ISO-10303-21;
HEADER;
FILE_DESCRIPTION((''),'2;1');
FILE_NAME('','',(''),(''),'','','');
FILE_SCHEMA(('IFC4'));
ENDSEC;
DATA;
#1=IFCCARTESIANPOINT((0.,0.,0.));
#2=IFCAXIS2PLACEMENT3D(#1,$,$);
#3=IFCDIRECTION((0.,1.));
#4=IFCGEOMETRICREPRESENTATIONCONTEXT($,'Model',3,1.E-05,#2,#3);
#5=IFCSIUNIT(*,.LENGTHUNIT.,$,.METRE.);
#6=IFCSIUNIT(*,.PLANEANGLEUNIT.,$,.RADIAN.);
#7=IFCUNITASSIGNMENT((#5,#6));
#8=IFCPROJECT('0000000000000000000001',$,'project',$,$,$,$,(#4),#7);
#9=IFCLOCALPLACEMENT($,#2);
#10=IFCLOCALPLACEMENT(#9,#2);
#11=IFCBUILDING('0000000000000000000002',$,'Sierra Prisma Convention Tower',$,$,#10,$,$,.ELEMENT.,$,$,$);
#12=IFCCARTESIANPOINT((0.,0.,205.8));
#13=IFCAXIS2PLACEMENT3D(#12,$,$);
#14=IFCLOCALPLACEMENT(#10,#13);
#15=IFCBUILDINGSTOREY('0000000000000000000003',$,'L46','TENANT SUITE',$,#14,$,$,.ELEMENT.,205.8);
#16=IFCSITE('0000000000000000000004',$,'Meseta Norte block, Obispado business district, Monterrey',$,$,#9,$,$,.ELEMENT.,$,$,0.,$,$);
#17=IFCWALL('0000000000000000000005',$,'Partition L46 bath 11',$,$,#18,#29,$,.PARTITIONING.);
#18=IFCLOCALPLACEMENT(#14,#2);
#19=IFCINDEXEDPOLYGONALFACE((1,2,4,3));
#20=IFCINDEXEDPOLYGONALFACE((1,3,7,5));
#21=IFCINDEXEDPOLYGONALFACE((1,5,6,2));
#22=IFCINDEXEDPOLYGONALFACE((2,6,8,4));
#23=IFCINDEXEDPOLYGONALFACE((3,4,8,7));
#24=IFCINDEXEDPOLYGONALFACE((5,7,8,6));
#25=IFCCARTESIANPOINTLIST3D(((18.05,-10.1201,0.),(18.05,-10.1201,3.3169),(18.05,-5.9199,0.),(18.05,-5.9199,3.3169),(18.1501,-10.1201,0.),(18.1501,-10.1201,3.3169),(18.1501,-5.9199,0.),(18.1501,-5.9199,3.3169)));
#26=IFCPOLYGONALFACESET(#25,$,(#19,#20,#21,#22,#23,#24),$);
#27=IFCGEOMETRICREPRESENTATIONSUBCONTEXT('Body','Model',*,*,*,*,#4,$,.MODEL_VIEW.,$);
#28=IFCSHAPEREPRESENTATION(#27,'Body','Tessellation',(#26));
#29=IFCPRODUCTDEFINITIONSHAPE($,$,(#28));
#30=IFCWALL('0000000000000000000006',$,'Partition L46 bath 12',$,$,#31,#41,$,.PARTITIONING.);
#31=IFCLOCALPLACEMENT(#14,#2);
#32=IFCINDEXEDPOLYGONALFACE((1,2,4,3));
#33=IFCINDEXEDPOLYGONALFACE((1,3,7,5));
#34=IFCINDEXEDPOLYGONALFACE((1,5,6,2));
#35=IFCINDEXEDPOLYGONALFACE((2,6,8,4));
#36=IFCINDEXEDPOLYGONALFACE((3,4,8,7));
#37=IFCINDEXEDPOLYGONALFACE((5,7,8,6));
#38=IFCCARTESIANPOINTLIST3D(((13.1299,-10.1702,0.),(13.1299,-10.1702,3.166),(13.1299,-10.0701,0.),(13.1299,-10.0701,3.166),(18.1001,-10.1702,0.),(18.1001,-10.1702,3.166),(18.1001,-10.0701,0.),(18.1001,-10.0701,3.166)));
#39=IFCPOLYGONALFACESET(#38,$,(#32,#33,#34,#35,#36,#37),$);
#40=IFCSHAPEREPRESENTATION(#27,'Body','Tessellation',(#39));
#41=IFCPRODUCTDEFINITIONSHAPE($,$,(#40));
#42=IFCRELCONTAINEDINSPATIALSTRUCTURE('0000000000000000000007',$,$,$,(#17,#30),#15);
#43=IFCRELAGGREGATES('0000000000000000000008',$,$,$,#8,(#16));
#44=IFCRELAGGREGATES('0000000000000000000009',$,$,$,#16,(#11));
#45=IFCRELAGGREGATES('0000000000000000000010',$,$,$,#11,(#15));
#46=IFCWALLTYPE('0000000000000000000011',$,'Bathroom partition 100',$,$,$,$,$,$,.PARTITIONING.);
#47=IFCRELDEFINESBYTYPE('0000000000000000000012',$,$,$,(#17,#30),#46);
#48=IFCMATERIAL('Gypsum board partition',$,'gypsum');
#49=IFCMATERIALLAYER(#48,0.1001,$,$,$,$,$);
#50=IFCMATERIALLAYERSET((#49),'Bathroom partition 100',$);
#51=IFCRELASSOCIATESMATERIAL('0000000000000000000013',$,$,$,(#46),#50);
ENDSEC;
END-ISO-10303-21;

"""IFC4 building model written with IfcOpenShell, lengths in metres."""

from ifc_helpers import new_model, si_unit, direction, frame, frame_2d, origin, place, context, subcontext, project, spatial, rectangle, extrude, material, layer, layer_set, type_object, element, save


model = new_model("IFC4")

# Units and contexts
model_context = context("Model", 3, precision=1e-05, world=origin(), true_north=direction((0.0, 1.0)))
body_context = subcontext(model_context, "Body", "Model", "MODEL_VIEW")
ifc_project = project(units=[si_unit("LENGTHUNIT", "METRE"), si_unit("PLANEANGLEUNIT", "RADIAN")], contexts=[model_context])

# Site, building, storey
site_placement = place(None, origin())
site = spatial("IfcSite", under=ifc_project, at=site_placement, Name="Meseta Norte block, Obispado business district, Monterrey", CompositionType="ELEMENT", RefElevation=0.0)
building_placement = place(site_placement, origin())
building = spatial("IfcBuilding", under=site, at=building_placement, Name="Sierra Prisma Convention Tower", CompositionType="ELEMENT")
storey_placement = place(building_placement, frame((0.0, 0.0, 205.8)))
storey = spatial("IfcBuildingStorey", under=building, at=storey_placement, Name="L46", Description="TENANT SUITE", CompositionType="ELEMENT", Elevation=205.8)

# Walls
ifc_material_1 = material(Name="Gypsum board partition", Category="gypsum")
ifc_layer_1 = layer(ifc_material_1, 0.1001)
ifc_layer_set_1 = layer_set([ifc_layer_1], Name="Bathroom partition 100")
wall_type = type_object("IfcWallType", Name="Bathroom partition 100", PredefinedType="PARTITIONING", material=ifc_layer_set_1)
wall_1_placement = place(storey_placement, frame((18.1001, -5.9199, 0.0), z_axis=(0.0, 0.0, 1.0), x_axis=(0.0, -1.0, 0.0)))
element("IfcWall", 1, at=wall_1_placement, inside=storey, type_object=wall_type, Name="Partition L46 bath 11", PredefinedType="PARTITIONING", context=body_context, shape_type="SweptSolid", body=[
    extrude(rectangle(XDim=4.2002, YDim=0.1001, at=frame_2d((2.1001, 0.0))), origin(), (0.0, 0.0, 1.0), 3.3169),
])
wall_2_placement = place(storey_placement, frame((18.1001, -10.1201, 0.0), z_axis=(0.0, 0.0, 1.0), x_axis=(-1.0, 0.0, 0.0)))
element("IfcWall", 2, at=wall_2_placement, inside=storey, type_object=wall_type, Name="Partition L46 bath 12", PredefinedType="PARTITIONING", context=body_context, shape_type="SweptSolid", body=[
    extrude(rectangle(XDim=4.9702, YDim=0.1001, at=frame_2d((2.4851, 0.0))), origin(), (0.0, 0.0, 1.0), 3.166),
])

save(model, "model.ifc")
